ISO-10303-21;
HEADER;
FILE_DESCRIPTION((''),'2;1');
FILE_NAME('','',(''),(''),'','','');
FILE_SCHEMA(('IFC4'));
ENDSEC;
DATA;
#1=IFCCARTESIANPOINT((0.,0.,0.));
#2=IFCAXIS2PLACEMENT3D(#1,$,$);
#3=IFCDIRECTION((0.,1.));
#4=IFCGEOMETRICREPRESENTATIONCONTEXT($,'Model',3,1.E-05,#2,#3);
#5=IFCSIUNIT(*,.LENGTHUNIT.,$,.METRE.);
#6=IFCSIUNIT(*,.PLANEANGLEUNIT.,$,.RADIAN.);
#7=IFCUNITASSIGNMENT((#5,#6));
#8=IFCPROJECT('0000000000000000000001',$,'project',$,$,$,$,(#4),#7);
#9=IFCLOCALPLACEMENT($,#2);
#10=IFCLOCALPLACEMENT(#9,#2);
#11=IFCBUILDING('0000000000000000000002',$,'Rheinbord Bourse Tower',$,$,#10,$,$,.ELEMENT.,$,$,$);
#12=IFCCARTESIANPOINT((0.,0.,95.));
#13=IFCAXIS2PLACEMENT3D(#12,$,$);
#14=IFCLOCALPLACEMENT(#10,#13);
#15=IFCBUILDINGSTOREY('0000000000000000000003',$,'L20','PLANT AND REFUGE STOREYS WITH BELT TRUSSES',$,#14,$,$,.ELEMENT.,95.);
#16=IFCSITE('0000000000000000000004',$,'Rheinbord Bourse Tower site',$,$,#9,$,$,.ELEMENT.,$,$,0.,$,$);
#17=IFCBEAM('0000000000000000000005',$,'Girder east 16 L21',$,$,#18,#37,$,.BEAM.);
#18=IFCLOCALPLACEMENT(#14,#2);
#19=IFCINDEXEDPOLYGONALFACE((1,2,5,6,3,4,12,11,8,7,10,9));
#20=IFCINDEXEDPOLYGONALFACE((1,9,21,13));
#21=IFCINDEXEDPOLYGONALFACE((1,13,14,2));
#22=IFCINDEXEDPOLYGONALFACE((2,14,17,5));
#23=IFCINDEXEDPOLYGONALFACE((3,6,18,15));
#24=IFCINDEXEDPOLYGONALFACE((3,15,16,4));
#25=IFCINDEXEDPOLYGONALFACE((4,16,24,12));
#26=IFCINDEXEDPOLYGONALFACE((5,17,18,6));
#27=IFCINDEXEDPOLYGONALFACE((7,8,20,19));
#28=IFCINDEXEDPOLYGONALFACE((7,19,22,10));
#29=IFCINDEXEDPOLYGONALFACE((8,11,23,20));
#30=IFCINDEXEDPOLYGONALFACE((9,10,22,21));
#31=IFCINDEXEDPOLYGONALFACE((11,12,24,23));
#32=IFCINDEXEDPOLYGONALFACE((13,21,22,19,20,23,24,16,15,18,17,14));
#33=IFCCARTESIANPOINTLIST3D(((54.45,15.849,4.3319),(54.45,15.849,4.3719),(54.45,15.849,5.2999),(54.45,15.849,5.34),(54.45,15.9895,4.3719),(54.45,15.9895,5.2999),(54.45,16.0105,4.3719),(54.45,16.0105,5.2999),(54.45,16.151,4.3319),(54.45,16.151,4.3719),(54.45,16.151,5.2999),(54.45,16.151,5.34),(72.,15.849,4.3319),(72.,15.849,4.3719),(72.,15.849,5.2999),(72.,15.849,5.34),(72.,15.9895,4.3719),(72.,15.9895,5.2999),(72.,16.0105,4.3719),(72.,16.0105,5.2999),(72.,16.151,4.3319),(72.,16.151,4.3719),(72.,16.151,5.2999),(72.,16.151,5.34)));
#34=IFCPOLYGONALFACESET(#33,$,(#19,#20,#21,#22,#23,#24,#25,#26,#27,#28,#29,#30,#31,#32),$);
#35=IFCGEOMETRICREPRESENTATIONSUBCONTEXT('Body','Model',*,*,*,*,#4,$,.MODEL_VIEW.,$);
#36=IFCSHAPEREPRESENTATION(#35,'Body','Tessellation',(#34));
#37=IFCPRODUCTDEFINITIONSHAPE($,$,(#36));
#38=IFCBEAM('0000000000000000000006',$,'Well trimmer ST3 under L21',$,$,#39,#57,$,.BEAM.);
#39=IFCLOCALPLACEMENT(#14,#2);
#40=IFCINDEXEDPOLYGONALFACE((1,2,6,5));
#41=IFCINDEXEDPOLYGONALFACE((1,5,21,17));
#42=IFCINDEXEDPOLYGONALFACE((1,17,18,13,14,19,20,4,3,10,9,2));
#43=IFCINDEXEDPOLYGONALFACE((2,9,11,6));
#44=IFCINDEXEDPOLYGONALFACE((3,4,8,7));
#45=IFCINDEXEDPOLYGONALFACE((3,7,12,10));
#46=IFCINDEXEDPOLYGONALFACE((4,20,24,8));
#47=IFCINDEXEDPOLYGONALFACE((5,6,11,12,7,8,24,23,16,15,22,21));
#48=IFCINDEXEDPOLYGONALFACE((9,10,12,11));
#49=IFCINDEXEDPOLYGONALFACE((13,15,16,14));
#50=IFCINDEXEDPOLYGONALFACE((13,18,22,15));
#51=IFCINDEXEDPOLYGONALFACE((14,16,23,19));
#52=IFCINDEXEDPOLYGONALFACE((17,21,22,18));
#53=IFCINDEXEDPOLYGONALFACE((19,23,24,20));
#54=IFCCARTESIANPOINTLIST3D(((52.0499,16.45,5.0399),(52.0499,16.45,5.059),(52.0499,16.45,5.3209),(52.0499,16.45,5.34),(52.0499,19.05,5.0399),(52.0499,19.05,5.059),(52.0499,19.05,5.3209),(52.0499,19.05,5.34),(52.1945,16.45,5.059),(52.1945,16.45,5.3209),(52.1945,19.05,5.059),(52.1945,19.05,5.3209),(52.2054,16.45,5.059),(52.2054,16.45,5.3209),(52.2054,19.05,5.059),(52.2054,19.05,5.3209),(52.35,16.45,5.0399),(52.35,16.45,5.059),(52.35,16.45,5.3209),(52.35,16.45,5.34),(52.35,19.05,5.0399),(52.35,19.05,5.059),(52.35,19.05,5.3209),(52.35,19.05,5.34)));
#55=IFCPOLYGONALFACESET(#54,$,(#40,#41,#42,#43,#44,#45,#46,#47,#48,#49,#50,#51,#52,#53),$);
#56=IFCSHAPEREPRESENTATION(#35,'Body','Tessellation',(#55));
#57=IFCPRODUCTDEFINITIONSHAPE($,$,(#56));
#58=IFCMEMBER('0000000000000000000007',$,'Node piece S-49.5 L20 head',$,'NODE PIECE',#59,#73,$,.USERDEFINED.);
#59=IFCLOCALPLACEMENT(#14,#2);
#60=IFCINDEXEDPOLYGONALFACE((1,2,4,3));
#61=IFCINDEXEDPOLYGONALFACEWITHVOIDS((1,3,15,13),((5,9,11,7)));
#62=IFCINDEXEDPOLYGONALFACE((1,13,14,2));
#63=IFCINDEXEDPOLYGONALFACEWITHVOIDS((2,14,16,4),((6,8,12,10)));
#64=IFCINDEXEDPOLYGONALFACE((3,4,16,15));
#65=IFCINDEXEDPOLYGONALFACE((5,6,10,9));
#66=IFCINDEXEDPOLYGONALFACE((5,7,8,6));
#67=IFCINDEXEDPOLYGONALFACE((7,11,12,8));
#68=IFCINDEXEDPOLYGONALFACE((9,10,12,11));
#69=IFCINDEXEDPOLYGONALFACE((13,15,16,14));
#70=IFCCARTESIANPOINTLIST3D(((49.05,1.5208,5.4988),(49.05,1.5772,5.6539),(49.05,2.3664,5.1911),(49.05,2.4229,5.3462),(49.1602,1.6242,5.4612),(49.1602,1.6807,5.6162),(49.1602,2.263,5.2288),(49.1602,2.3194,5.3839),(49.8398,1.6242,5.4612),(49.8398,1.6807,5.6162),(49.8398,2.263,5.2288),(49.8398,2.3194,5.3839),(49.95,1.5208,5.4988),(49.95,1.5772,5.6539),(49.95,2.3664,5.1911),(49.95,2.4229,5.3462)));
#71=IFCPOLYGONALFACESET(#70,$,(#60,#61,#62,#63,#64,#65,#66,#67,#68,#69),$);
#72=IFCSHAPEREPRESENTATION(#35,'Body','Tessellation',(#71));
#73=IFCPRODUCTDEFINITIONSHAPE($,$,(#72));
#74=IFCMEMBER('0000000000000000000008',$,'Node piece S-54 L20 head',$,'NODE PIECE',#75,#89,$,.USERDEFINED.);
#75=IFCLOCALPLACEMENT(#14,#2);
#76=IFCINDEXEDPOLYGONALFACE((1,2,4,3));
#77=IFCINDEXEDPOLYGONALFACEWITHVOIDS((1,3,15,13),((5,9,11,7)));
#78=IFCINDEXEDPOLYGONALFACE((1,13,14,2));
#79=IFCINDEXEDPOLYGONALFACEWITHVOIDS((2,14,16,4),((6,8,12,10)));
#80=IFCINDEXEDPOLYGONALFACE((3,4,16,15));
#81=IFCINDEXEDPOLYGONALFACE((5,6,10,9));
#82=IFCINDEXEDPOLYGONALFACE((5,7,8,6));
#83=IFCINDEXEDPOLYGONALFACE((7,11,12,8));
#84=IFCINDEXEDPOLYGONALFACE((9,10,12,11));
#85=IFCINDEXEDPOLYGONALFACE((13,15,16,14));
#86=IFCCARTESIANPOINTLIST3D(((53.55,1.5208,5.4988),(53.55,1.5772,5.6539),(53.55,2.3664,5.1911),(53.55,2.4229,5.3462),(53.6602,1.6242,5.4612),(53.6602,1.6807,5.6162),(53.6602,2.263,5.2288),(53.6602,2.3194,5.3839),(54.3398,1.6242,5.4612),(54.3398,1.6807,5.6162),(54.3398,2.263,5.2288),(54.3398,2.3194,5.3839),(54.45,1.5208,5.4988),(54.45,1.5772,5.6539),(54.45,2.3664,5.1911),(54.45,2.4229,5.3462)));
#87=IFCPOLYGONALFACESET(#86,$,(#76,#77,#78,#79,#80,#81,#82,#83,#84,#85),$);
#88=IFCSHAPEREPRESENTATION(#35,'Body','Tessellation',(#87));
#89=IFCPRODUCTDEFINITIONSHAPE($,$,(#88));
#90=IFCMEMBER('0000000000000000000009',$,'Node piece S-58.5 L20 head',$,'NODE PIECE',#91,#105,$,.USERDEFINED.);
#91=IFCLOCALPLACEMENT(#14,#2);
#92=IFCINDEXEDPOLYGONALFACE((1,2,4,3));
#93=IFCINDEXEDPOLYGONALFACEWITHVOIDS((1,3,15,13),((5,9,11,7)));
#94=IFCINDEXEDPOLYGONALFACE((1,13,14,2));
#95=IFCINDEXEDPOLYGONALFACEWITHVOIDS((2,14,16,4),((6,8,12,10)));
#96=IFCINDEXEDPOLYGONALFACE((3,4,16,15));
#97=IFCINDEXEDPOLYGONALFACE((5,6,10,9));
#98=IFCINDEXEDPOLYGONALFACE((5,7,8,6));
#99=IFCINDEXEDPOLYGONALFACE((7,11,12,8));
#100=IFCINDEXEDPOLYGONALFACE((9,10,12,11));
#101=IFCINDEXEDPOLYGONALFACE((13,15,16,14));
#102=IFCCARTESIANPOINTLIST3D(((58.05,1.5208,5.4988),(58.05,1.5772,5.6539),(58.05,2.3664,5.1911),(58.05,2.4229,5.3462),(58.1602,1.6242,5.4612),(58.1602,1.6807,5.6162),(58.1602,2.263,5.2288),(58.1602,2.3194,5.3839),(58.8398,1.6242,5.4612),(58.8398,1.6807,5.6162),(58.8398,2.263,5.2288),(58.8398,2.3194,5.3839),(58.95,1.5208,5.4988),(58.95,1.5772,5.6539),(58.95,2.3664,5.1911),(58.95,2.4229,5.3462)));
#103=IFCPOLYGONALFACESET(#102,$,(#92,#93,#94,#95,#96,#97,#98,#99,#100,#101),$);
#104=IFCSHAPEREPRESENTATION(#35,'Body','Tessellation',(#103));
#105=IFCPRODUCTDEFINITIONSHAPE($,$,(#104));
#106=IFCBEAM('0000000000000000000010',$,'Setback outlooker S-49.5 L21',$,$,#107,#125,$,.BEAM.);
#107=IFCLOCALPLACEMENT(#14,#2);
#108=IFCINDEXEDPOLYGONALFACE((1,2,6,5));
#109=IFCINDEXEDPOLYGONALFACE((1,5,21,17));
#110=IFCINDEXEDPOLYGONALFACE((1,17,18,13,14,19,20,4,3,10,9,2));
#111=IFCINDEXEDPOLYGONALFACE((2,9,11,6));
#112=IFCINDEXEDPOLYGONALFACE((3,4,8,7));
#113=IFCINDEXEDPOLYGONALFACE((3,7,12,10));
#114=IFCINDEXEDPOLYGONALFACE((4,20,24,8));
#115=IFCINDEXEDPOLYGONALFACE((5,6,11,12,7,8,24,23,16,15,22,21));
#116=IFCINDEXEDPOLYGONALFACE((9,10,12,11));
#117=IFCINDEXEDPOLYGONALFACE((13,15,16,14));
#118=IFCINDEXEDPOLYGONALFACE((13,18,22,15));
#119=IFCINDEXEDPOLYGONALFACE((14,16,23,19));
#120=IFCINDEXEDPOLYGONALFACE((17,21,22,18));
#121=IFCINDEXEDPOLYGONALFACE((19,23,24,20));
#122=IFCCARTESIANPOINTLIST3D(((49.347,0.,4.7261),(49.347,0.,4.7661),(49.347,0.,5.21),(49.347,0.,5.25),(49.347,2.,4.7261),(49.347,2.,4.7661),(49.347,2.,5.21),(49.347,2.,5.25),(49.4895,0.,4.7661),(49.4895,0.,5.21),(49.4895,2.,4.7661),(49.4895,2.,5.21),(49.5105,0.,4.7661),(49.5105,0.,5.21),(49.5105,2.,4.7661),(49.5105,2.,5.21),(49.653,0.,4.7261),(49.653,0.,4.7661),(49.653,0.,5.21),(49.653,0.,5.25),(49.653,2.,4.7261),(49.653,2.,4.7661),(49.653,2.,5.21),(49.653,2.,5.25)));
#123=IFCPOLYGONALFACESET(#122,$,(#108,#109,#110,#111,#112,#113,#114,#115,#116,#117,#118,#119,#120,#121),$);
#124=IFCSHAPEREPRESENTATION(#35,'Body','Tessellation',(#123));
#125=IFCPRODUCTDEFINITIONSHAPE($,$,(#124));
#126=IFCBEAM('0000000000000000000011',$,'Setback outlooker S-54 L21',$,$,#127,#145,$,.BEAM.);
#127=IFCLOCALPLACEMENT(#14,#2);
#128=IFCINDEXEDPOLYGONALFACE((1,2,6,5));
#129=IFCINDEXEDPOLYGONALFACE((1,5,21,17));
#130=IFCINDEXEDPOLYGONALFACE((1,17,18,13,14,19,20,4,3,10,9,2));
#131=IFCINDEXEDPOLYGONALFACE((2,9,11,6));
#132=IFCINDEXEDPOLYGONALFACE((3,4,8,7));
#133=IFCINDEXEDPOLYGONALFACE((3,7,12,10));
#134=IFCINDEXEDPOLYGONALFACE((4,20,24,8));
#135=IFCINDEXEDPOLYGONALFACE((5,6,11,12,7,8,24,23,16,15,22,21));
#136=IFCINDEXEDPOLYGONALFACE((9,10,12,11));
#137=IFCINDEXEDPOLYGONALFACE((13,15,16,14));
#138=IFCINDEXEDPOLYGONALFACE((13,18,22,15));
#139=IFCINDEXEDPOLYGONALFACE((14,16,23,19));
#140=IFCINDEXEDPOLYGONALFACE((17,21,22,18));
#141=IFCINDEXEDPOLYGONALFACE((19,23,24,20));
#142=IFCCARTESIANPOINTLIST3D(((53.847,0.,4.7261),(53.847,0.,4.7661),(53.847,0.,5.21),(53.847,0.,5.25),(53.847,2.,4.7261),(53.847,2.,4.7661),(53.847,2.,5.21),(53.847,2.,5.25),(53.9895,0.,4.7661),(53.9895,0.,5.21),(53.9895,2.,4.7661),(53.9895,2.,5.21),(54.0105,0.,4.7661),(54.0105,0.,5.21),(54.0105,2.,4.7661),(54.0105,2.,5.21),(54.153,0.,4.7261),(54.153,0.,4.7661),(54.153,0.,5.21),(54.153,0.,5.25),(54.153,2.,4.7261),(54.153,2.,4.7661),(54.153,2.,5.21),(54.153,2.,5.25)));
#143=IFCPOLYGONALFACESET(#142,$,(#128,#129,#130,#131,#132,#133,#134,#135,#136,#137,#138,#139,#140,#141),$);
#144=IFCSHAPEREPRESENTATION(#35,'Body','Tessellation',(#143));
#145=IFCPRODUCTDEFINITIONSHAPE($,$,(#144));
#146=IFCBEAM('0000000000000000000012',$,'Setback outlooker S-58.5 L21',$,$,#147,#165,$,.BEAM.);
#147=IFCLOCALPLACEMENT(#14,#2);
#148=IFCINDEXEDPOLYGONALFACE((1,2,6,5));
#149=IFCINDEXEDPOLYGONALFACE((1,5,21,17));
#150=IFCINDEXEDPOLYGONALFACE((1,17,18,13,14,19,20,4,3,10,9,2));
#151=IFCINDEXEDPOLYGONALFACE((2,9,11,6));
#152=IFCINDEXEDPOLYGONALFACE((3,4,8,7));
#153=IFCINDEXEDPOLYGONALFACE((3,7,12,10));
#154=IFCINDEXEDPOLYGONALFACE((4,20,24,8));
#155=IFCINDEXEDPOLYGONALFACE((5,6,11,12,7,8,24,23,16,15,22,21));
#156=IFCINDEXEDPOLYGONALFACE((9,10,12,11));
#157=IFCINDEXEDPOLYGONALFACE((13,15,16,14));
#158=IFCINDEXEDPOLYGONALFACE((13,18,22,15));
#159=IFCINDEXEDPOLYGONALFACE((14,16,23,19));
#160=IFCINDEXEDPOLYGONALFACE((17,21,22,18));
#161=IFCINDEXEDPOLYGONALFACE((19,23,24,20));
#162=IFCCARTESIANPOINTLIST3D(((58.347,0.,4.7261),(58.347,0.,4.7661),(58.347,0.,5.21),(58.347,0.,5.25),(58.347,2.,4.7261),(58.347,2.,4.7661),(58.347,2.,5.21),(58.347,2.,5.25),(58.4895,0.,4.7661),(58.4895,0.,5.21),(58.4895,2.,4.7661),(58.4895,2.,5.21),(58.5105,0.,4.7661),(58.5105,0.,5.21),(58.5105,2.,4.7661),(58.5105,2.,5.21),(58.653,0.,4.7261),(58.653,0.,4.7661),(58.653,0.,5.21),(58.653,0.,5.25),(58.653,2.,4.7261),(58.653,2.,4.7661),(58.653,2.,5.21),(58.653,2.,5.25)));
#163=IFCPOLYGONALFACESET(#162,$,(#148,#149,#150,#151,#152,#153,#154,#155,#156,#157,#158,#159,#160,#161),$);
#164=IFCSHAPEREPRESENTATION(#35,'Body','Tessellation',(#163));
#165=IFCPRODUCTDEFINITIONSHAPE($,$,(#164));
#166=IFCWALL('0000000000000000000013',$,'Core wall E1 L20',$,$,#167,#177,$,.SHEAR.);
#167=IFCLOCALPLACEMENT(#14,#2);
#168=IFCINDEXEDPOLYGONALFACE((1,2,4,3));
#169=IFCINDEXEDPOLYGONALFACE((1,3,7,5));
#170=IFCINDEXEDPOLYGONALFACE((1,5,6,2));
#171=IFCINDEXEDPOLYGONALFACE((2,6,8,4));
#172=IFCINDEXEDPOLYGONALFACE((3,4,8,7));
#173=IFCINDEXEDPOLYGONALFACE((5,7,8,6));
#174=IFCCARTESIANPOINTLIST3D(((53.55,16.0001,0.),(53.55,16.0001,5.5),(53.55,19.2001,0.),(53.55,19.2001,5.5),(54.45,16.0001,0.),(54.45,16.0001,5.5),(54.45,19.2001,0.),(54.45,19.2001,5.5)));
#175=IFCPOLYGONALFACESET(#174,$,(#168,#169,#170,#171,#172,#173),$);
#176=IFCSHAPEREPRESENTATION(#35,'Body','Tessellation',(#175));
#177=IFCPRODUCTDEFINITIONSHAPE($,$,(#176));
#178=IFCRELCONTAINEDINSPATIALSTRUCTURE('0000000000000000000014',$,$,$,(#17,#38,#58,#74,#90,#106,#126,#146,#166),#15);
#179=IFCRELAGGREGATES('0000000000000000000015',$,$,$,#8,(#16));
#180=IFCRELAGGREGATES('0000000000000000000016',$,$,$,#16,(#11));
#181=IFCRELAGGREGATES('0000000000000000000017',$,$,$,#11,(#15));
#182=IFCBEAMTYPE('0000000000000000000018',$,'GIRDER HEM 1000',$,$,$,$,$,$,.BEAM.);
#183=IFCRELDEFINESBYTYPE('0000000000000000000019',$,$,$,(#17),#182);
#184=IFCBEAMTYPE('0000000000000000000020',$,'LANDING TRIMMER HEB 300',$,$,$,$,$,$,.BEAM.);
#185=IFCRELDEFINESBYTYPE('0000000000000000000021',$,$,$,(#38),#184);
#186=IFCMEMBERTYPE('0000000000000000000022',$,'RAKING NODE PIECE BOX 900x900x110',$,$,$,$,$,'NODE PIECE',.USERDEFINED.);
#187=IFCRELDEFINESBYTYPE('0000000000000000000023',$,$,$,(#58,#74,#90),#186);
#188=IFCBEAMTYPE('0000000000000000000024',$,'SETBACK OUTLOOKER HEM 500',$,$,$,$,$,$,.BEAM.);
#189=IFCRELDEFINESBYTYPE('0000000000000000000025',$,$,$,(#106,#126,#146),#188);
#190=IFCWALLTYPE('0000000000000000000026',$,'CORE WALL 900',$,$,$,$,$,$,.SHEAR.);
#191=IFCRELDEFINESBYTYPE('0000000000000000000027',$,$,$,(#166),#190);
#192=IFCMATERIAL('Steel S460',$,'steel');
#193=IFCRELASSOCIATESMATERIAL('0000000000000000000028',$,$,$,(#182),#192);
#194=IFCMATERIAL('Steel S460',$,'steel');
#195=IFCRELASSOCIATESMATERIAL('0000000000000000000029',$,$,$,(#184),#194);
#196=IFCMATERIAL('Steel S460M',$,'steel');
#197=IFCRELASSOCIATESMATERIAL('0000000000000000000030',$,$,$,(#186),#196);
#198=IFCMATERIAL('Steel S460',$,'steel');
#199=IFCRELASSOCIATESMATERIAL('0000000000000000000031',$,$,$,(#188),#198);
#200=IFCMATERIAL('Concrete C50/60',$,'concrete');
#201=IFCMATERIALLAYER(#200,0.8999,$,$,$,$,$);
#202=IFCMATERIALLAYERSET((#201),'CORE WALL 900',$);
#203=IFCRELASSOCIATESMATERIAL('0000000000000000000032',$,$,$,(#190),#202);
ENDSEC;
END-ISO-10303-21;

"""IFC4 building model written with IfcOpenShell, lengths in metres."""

from ifc_helpers import new_model, si_unit, direction, frame, frame_2d, origin, origin_2d, place, context, subcontext, project, spatial, rectangle, hollow_rectangle, i_section, extrude, material, layer, layer_set, material_profile, profile_set, type_object, element, save


model = new_model("IFC4")

# Units and contexts
model_context = context("Model", 3, precision=1e-05, world=origin(), true_north=direction((0.0, 1.0)))
body_context = subcontext(model_context, "Body", "Model", "MODEL_VIEW")
ifc_project = project(units=[si_unit("LENGTHUNIT", "METRE"), si_unit("PLANEANGLEUNIT", "RADIAN")], contexts=[model_context])

# Site, building, storey
site_placement = place(None, origin())
site = spatial("IfcSite", under=ifc_project, at=site_placement, Name="Rheinbord Bourse Tower site", CompositionType="ELEMENT", RefElevation=0.0)
building_placement = place(site_placement, origin())
building = spatial("IfcBuilding", under=site, at=building_placement, Name="Rheinbord Bourse Tower", CompositionType="ELEMENT")
storey_placement = place(building_placement, frame((0.0, 0.0, 95.0)))
storey = spatial("IfcBuildingStorey", under=building, at=storey_placement, Name="L20", Description="PLANT AND REFUGE STOREYS WITH BELT TRUSSES", CompositionType="ELEMENT", Elevation=95.0)

# Beams
ifc_material_1 = material(Name="Steel S460", Category="steel")
ifc_material_profile_1 = material_profile(ifc_material_1, i_section(OverallWidth=0.302, OverallDepth=1.0081, WebThickness=0.021, FlangeThickness=0.04, at=origin_2d()), Name="HEM 1000")
ifc_profile_set_1 = profile_set([ifc_material_profile_1], Name="Steel S460")
beam_type_1 = type_object("IfcBeamType", Name="GIRDER HEM 1000", PredefinedType="BEAM", material=ifc_profile_set_1)
beam_1_placement = place(storey_placement, frame((54.45, 16.0, 4.8359), z_axis=(1.0, 0.0, 0.0), x_axis=(0.0, 1.0, 0.0)))
element("IfcBeam", 1, at=beam_1_placement, inside=storey, type_object=beam_type_1, Name="Girder east 16 L21", PredefinedType="BEAM", context=body_context, shape_type="SweptSolid", body=[
    extrude(i_section(OverallWidth=0.302, OverallDepth=1.0081, WebThickness=0.021, FlangeThickness=0.04, at=origin_2d()), origin(), (0.0, 0.0, 1.0), 17.55),
])
ifc_material_2 = material(Name="Steel S460", Category="steel")
ifc_material_profile_2 = material_profile(ifc_material_2, i_section(OverallWidth=0.3, OverallDepth=0.3, WebThickness=0.011, FlangeThickness=0.019, at=origin_2d()), Name="HEB 300")
ifc_profile_set_2 = profile_set([ifc_material_profile_2], Name="Steel S460")
beam_type_2 = type_object("IfcBeamType", Name="LANDING TRIMMER HEB 300", PredefinedType="BEAM", material=ifc_profile_set_2)
beam_2_placement = place(storey_placement, frame((52.2, 16.45, 5.1899), z_axis=(0.0, 1.0, 0.0), x_axis=(-1.0, 0.0, 0.0)))
element("IfcBeam", 2, at=beam_2_placement, inside=storey, type_object=beam_type_2, Name="Well trimmer ST3 under L21", PredefinedType="BEAM", context=body_context, shape_type="SweptSolid", body=[
    extrude(i_section(OverallWidth=0.3, OverallDepth=0.3, WebThickness=0.011, FlangeThickness=0.019, at=origin_2d()), origin(), (0.0, 0.0, 1.0), 2.6001),
])

# Members
ifc_material_3 = material(Name="Steel S460M", Category="steel")
ifc_material_profile_3 = material_profile(ifc_material_3, hollow_rectangle(XDim=0.8999, YDim=0.8999, WallThickness=0.1101, at=origin_2d()), Name="BOX 900x900x110")
ifc_profile_set_3 = profile_set([ifc_material_profile_3], Name="Steel S460M")
member_type = type_object("IfcMemberType", Name="RAKING NODE PIECE BOX 900x900x110", ElementType="NODE PIECE", PredefinedType="USERDEFINED", material=ifc_profile_set_3)
for number, where, z_axis, x_axis, name in (
    (3, (49.5, 1.9436, 5.345), (0.0, 0.341862, 0.93975), (0.0, -0.93975, 0.341862), "Node piece S-49.5 L20 head"),
    (4, (54.0, 1.9436, 5.345), (0.0, 0.341862, 0.93975), (0.0, -0.93975, 0.341862), "Node piece S-54 L20 head"),
    (5, (58.5, 1.9436, 5.345), (0.0, 0.341862, 0.93975), (0.0, -0.93975, 0.341862), "Node piece S-58.5 L20 head"),
):
    element("IfcMember", number, at=place(storey_placement, frame(where, z_axis=z_axis, x_axis=x_axis)), inside=storey, type_object=member_type, Name=name, ObjectType="NODE PIECE", PredefinedType="USERDEFINED", context=body_context, shape_type="SweptSolid", body=[
        extrude(hollow_rectangle(XDim=0.8999, YDim=0.8999, WallThickness=0.1101, at=origin_2d()), origin(), (0.0, 0.0, 1.0), 0.165),
    ])

# Beams
ifc_material_4 = material(Name="Steel S460", Category="steel")
ifc_material_profile_4 = material_profile(ifc_material_4, i_section(OverallWidth=0.3059, OverallDepth=0.5239, WebThickness=0.021, FlangeThickness=0.04, at=origin_2d()), Name="HEM 500")
ifc_profile_set_4 = profile_set([ifc_material_profile_4], Name="Steel S460")
beam_type_3 = type_object("IfcBeamType", Name="SETBACK OUTLOOKER HEM 500", PredefinedType="BEAM", material=ifc_profile_set_4)
for number, where, z_axis, x_axis, name in (
    (6, (49.5, 2.0, 4.988), (0.0, -1.0, 0.0), (1.0, 0.0, 0.0), "Setback outlooker S-49.5 L21"),
    (7, (54.0, 2.0, 4.988), (0.0, -1.0, 0.0), (1.0, 0.0, 0.0), "Setback outlooker S-54 L21"),
    (8, (58.5, 2.0, 4.988), (0.0, -1.0, 0.0), (1.0, 0.0, 0.0), "Setback outlooker S-58.5 L21"),
):
    element("IfcBeam", number, at=place(storey_placement, frame(where, z_axis=z_axis, x_axis=x_axis)), inside=storey, type_object=beam_type_3, Name=name, PredefinedType="BEAM", context=body_context, shape_type="SweptSolid", body=[
        extrude(i_section(OverallWidth=0.3059, OverallDepth=0.5239, WebThickness=0.021, FlangeThickness=0.04, at=origin_2d()), origin(), (0.0, 0.0, 1.0), 2.0),
    ])

# Wall
ifc_material_5 = material(Name="Concrete C50/60", Category="concrete")
ifc_layer = layer(ifc_material_5, 0.8999)
ifc_layer_set = layer_set([ifc_layer], Name="CORE WALL 900")
wall_type = type_object("IfcWallType", Name="CORE WALL 900", PredefinedType="SHEAR", material=ifc_layer_set)
wall_placement = place(storey_placement, frame((54.0, 16.0, 0.0), z_axis=(0.0, 0.0, 1.0), x_axis=(0.0, 1.0, 0.0)))
element("IfcWall", 9, at=wall_placement, inside=storey, type_object=wall_type, Name="Core wall E1 L20", PredefinedType="SHEAR", context=body_context, shape_type="SweptSolid", body=[
    extrude(rectangle(XDim=3.2, YDim=0.8999, at=frame_2d((1.6001, 0.0))), origin(), (0.0, 0.0, 1.0), 5.5),
])

save(model, "model.ifc")
